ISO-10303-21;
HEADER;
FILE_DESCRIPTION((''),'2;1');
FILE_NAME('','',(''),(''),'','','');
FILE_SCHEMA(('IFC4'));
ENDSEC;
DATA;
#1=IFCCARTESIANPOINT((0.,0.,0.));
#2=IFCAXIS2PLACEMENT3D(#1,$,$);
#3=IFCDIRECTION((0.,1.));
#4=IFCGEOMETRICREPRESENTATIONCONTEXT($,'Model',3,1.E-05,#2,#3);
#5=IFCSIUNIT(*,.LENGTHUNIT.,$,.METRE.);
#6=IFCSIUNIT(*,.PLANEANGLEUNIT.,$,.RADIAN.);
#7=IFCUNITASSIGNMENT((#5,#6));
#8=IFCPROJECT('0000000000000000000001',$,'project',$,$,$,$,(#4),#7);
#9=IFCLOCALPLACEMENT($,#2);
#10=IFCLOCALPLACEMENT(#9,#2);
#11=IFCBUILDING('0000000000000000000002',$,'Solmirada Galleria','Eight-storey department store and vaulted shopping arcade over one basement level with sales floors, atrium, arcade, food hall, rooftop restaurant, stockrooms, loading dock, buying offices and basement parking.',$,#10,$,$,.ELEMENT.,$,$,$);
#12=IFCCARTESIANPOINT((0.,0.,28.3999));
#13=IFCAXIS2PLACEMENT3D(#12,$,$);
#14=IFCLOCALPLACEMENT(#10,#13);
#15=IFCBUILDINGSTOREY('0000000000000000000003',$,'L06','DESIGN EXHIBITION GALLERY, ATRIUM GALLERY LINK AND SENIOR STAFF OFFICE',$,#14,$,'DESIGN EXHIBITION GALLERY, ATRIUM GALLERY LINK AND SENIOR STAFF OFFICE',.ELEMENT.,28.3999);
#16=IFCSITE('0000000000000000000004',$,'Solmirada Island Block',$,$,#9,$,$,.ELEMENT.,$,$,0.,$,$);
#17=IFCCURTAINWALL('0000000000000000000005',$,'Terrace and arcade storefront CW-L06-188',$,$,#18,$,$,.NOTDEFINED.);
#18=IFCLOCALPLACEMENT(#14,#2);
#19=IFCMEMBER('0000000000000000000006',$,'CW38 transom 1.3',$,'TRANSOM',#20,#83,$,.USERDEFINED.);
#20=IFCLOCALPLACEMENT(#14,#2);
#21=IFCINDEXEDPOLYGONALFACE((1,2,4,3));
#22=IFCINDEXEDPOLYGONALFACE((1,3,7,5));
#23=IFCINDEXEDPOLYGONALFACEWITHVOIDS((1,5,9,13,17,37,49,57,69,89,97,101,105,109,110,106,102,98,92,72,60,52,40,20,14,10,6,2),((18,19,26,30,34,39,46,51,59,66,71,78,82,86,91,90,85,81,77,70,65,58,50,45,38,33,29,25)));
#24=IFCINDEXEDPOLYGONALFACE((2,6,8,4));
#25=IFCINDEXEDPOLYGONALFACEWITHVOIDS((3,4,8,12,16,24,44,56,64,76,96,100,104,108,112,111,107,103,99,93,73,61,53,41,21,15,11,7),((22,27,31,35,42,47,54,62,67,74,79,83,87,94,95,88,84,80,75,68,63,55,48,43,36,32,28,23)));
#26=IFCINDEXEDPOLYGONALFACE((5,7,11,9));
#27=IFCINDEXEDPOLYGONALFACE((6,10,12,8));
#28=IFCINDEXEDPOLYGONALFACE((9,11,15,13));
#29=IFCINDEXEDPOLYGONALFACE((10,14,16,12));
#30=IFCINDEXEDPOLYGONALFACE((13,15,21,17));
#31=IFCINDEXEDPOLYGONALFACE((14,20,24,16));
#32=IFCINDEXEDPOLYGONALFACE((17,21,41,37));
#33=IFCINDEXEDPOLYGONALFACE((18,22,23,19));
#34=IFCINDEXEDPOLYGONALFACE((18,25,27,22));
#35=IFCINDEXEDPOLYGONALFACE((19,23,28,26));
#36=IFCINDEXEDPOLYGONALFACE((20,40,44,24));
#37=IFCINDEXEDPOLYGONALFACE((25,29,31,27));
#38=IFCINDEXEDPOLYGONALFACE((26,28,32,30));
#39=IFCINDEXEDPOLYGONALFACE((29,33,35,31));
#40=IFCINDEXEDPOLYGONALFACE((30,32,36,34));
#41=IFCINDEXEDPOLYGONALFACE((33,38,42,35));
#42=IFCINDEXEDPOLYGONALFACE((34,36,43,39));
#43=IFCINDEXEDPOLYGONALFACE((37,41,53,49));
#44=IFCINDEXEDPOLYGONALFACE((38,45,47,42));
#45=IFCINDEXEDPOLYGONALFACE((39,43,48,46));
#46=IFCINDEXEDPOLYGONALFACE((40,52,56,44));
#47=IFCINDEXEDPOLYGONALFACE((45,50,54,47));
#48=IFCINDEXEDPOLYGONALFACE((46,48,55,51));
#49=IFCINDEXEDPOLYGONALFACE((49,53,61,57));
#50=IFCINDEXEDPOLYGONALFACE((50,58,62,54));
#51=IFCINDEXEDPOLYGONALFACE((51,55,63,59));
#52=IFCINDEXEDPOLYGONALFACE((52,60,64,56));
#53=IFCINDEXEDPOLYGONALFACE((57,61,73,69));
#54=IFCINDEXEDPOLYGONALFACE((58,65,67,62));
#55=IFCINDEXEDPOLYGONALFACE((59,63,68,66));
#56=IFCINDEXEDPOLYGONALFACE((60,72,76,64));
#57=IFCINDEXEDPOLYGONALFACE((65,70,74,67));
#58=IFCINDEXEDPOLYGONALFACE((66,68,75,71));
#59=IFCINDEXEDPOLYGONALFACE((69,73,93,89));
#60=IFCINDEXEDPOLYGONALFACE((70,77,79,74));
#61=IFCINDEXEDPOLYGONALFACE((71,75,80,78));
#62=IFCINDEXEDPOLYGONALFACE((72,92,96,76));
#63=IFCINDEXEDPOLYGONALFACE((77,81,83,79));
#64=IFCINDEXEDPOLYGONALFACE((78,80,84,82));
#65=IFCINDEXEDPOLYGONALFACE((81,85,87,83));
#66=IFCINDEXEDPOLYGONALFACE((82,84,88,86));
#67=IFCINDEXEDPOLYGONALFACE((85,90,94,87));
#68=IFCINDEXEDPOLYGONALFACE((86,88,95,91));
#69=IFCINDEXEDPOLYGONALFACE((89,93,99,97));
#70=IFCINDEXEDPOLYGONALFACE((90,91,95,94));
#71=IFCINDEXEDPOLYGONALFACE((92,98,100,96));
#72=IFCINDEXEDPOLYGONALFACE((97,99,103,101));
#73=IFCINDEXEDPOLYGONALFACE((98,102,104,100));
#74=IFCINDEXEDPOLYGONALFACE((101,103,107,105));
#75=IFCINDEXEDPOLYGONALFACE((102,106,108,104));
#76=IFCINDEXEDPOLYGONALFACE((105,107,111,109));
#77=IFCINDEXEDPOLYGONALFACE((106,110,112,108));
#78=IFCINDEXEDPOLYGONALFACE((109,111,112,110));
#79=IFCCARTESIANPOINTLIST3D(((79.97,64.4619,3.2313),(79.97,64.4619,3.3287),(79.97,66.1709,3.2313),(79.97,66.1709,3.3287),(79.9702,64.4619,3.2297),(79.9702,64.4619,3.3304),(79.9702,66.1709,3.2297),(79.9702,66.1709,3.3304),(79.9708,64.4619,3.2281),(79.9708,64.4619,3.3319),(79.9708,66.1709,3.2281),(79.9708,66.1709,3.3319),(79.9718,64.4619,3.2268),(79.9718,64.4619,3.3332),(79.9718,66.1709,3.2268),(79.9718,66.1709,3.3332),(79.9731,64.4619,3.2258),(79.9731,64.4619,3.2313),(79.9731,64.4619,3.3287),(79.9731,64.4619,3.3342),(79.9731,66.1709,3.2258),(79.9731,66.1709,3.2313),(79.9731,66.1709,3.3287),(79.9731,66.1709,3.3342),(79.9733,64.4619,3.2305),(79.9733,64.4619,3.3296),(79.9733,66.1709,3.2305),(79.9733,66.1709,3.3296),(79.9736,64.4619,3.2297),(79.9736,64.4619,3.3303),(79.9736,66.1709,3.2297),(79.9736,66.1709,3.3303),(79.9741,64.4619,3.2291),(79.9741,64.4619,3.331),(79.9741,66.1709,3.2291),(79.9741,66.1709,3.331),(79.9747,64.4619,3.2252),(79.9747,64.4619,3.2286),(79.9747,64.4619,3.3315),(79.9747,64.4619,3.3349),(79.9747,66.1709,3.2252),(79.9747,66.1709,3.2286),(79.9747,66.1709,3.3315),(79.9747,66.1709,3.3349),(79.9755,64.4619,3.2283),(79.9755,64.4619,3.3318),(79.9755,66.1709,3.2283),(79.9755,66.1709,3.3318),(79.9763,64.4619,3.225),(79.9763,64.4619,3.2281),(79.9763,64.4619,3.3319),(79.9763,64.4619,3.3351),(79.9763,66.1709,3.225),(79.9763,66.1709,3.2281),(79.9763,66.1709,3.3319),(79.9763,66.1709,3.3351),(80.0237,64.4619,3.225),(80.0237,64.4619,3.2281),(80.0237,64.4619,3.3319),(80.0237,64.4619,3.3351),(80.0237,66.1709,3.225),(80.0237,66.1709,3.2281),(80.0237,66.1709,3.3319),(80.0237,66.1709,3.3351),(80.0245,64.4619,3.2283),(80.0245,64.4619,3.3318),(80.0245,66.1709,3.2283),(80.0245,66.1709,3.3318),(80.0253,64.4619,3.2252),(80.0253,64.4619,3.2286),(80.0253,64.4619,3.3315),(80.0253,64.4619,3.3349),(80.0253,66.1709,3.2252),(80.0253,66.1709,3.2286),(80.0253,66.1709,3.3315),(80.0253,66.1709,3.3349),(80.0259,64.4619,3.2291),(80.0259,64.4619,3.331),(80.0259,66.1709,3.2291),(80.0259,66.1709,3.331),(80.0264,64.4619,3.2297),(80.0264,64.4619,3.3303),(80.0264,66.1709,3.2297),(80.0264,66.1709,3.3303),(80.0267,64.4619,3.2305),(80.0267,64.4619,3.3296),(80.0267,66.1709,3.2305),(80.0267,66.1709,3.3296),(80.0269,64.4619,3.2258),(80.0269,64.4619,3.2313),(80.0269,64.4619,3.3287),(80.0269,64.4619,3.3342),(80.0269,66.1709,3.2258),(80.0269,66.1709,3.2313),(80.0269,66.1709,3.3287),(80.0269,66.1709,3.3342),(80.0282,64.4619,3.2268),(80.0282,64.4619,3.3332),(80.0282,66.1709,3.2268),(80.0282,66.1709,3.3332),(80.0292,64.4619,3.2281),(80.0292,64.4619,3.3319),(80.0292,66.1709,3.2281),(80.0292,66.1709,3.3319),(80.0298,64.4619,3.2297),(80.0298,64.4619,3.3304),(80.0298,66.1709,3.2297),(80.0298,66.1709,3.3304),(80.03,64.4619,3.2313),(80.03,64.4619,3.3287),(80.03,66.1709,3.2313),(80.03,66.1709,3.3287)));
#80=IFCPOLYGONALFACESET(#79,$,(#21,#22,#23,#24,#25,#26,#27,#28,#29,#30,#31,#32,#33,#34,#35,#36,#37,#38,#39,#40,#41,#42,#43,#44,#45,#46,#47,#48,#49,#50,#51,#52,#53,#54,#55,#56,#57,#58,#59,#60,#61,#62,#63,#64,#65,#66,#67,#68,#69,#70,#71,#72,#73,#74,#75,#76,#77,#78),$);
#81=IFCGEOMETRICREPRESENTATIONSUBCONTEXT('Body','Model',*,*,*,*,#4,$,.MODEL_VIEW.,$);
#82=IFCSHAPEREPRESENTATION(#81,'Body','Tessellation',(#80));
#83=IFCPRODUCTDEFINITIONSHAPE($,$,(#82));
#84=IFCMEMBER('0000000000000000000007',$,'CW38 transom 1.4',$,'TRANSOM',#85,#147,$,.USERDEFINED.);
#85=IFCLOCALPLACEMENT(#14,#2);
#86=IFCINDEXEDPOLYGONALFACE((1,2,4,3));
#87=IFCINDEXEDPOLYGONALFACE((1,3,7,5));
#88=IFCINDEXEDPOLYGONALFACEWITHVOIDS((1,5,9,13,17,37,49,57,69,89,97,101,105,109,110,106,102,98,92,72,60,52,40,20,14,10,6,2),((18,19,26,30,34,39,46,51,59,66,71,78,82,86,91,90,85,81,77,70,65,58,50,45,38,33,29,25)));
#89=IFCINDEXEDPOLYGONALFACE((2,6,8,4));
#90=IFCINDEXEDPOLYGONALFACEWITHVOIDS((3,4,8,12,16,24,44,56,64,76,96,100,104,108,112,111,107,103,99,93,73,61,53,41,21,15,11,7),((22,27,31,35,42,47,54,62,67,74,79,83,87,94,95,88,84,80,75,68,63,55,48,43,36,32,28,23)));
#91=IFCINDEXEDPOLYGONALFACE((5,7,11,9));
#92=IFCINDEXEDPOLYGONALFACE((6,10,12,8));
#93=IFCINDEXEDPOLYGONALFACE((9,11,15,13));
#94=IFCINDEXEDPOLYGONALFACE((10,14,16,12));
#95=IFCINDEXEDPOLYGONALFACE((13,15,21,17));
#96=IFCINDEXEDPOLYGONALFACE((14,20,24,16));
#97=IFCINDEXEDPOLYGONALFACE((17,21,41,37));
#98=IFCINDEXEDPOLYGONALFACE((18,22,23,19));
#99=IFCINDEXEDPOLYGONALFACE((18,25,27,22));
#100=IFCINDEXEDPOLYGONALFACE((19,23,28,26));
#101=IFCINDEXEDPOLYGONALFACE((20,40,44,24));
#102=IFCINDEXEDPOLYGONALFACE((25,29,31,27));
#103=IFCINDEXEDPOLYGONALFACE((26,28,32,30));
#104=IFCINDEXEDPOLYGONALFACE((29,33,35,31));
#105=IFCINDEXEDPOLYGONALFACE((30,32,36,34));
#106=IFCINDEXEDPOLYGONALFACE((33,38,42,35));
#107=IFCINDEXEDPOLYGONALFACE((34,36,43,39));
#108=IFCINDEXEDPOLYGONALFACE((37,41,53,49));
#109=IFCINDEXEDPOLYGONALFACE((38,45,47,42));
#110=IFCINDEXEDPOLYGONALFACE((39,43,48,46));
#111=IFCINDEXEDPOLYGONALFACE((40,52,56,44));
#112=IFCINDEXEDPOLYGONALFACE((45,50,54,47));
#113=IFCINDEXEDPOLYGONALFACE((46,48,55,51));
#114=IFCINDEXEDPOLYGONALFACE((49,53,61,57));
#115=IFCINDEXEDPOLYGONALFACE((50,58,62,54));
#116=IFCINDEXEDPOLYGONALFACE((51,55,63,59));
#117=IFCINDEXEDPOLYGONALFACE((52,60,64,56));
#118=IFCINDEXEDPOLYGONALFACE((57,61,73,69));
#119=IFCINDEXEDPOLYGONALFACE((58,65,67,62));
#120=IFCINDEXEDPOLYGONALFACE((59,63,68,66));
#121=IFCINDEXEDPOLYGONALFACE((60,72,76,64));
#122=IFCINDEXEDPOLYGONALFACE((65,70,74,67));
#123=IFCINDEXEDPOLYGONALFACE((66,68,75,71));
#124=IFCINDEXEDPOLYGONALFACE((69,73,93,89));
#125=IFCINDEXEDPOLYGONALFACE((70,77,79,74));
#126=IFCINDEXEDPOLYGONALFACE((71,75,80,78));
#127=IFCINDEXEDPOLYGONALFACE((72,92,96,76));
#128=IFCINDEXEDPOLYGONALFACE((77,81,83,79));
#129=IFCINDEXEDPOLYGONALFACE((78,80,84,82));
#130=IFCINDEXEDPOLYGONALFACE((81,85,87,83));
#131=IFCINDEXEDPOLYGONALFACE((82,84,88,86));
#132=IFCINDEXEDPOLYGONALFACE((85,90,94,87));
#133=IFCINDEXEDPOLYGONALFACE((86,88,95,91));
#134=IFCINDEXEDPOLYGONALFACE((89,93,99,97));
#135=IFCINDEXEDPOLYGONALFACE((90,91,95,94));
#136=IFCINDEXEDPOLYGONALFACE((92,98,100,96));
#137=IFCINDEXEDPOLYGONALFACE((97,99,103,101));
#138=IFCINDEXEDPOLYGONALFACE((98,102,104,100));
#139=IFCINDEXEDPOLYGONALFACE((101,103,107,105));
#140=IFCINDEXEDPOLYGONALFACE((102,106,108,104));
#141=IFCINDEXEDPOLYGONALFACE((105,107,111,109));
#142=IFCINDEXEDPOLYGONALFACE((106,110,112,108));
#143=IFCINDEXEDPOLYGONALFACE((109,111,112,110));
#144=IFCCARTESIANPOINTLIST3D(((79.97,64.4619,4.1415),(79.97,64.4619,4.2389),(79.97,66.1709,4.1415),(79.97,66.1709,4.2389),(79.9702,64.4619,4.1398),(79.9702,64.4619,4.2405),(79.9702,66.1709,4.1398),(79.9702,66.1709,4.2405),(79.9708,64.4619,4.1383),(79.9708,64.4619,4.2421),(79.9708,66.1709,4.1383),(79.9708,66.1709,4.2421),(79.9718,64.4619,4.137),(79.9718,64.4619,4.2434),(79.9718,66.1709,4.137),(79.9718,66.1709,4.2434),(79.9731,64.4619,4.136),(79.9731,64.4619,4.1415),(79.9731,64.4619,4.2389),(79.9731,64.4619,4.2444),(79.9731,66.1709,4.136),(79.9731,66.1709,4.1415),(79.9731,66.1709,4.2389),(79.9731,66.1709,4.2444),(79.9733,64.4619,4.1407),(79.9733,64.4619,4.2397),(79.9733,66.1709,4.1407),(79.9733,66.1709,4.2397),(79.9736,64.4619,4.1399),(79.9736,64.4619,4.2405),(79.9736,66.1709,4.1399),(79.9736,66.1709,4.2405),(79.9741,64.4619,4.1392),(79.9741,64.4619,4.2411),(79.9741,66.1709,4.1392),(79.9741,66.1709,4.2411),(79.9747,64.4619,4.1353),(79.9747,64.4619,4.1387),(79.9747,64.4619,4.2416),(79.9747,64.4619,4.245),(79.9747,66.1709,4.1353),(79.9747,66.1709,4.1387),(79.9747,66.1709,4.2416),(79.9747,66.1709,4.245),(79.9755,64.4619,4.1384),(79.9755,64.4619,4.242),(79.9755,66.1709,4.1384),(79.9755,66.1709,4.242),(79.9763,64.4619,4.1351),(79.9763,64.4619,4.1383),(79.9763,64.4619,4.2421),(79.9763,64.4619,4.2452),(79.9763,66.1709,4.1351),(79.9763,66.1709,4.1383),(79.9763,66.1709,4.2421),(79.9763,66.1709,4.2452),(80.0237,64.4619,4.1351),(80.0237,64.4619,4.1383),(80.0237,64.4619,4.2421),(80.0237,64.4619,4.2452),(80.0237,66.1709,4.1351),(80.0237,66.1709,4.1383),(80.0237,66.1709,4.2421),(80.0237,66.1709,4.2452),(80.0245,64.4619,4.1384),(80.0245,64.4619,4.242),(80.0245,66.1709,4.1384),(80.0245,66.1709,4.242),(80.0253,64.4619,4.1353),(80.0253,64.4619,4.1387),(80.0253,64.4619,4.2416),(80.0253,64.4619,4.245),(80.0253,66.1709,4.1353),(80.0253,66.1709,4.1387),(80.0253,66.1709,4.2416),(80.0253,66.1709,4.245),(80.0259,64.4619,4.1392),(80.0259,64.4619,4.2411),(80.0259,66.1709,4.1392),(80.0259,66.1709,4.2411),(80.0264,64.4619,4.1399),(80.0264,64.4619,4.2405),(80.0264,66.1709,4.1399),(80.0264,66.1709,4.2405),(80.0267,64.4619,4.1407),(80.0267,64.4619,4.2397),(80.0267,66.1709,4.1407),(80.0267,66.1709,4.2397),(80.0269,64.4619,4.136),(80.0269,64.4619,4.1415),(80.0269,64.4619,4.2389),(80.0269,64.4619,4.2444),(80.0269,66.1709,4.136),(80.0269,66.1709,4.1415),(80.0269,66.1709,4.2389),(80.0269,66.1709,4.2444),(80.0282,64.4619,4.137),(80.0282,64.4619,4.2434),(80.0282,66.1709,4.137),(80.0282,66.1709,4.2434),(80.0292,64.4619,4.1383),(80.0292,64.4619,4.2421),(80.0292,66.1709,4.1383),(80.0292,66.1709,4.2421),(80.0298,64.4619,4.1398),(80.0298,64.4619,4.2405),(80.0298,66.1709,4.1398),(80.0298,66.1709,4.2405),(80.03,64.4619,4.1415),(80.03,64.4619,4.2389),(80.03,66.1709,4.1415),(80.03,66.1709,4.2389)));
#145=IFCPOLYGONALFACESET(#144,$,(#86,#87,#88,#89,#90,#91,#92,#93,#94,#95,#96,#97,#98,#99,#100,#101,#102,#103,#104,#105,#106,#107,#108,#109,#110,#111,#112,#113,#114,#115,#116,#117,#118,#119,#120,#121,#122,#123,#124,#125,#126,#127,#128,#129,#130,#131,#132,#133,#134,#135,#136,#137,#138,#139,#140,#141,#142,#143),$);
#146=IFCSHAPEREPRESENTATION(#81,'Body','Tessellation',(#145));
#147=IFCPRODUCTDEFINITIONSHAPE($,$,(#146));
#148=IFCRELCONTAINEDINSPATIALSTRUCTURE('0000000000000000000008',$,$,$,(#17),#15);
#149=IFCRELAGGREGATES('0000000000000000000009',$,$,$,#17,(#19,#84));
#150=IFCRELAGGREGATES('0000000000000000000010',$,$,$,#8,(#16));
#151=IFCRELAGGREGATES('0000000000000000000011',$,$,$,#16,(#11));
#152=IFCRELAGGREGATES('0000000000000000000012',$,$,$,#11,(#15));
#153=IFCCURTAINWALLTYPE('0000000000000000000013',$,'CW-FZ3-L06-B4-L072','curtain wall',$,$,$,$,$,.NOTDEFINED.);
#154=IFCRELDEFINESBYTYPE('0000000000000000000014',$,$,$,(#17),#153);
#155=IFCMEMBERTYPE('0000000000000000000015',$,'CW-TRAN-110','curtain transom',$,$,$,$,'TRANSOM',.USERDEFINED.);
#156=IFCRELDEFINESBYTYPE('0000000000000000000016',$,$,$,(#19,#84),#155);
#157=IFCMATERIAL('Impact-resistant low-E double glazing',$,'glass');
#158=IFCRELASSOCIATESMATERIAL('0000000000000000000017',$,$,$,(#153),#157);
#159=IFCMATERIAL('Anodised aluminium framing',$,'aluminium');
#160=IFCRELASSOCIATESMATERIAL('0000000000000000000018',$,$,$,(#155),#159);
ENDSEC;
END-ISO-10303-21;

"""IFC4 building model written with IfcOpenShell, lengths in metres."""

from ifc_helpers import new_model, si_unit, direction, frame, origin, origin_2d, place, context, subcontext, project, spatial, hollow_rectangle, extrude, material, material_profile, profile_set, type_object, element, aggregate, save


model = new_model("IFC4")

# Units and contexts
model_context = context("Model", 3, precision=1e-05, world=origin(), true_north=direction((0.0, 1.0)))
body_context = subcontext(model_context, "Body", "Model", "MODEL_VIEW")
ifc_project = project(units=[si_unit("LENGTHUNIT", "METRE"), si_unit("PLANEANGLEUNIT", "RADIAN")], contexts=[model_context])

# Site, building, storey
site_placement = place(None, origin())
site = spatial("IfcSite", under=ifc_project, at=site_placement, Name="Solmirada Island Block", CompositionType="ELEMENT", RefElevation=0.0)
building_placement = place(site_placement, origin())
building = spatial("IfcBuilding", under=site, at=building_placement, Name="Solmirada Galleria", Description="Eight-storey department store and vaulted shopping arcade over one basement level with sales floors, atrium, arcade, food hall, rooftop restaurant, stockrooms, loading dock, buying offices and basement parking.", CompositionType="ELEMENT")
storey_placement = place(building_placement, frame((0.0, 0.0, 28.3999)))
storey = spatial("IfcBuildingStorey", under=building, at=storey_placement, Name="L06", Description="DESIGN EXHIBITION GALLERY, ATRIUM GALLERY LINK AND SENIOR STAFF OFFICE", LongName="DESIGN EXHIBITION GALLERY, ATRIUM GALLERY LINK AND SENIOR STAFF OFFICE", CompositionType="ELEMENT", Elevation=28.3999)

# Shared definitions
ifc_material_1 = material(Name="Impact-resistant low-E double glazing", Category="glass")
curtain_wall_type = type_object("IfcCurtainWallType", Name="CW-FZ3-L06-B4-L072", Description="curtain wall", PredefinedType="NOTDEFINED", material=ifc_material_1)
ifc_material_2 = material(Name="Anodised aluminium framing", Category="aluminium")

# Curtain wall
curtain_wall_1_placement = place(storey_placement, origin())
curtain_wall_1 = element("IfcCurtainWall", 1, at=curtain_wall_1_placement, inside=storey, type_object=curtain_wall_type, Name="Terrace and arcade storefront CW-L06-188", PredefinedType="NOTDEFINED")

# Members
ifc_material_profile_1 = material_profile(ifc_material_2, hollow_rectangle(XDim=0.0601, YDim=0.1101, WallThickness=0.0032, InnerFilletRadius=0.0032, OuterFilletRadius=0.0063, at=origin_2d()), Name="ALU-TRAN-110X60")
ifc_profile_set_1 = profile_set([ifc_material_profile_1], Name="Anodised aluminium framing")
member_type_1 = type_object("IfcMemberType", Name="CW-TRAN-110", Description="curtain transom", ElementType="TRANSOM", PredefinedType="USERDEFINED", material=ifc_profile_set_1)
member_1_placement = place(storey_placement, frame((80.0, 64.4619, 3.28), z_axis=(0.0, 1.0, 0.0), x_axis=(-1.0, 0.0, 0.0)))
member_1 = element("IfcMember", 2, at=member_1_placement, type_object=member_type_1, Name="CW38 transom 1.3", ObjectType="TRANSOM", PredefinedType="USERDEFINED", context=body_context, shape_type="SweptSolid", body=[
    extrude(hollow_rectangle(XDim=0.0601, YDim=0.1101, WallThickness=0.0032, InnerFilletRadius=0.0032, OuterFilletRadius=0.0063, at=origin_2d()), origin(), (0.0, 0.0, 1.0), 1.709),
])
member_2_placement = place(storey_placement, frame((80.0, 64.4619, 4.1902), z_axis=(0.0, 1.0, 0.0), x_axis=(-1.0, 0.0, 0.0)))
member_2 = element("IfcMember", 3, at=member_2_placement, type_object=member_type_1, Name="CW38 transom 1.4", ObjectType="TRANSOM", PredefinedType="USERDEFINED", context=body_context, shape_type="SweptSolid", body=[
    extrude(hollow_rectangle(XDim=0.0601, YDim=0.1101, WallThickness=0.0032, InnerFilletRadius=0.0032, OuterFilletRadius=0.0063, at=origin_2d()), origin(), (0.0, 0.0, 1.0), 1.709),
])

aggregate(curtain_wall_1, [member_1, member_2])

save(model, "model.ifc")
